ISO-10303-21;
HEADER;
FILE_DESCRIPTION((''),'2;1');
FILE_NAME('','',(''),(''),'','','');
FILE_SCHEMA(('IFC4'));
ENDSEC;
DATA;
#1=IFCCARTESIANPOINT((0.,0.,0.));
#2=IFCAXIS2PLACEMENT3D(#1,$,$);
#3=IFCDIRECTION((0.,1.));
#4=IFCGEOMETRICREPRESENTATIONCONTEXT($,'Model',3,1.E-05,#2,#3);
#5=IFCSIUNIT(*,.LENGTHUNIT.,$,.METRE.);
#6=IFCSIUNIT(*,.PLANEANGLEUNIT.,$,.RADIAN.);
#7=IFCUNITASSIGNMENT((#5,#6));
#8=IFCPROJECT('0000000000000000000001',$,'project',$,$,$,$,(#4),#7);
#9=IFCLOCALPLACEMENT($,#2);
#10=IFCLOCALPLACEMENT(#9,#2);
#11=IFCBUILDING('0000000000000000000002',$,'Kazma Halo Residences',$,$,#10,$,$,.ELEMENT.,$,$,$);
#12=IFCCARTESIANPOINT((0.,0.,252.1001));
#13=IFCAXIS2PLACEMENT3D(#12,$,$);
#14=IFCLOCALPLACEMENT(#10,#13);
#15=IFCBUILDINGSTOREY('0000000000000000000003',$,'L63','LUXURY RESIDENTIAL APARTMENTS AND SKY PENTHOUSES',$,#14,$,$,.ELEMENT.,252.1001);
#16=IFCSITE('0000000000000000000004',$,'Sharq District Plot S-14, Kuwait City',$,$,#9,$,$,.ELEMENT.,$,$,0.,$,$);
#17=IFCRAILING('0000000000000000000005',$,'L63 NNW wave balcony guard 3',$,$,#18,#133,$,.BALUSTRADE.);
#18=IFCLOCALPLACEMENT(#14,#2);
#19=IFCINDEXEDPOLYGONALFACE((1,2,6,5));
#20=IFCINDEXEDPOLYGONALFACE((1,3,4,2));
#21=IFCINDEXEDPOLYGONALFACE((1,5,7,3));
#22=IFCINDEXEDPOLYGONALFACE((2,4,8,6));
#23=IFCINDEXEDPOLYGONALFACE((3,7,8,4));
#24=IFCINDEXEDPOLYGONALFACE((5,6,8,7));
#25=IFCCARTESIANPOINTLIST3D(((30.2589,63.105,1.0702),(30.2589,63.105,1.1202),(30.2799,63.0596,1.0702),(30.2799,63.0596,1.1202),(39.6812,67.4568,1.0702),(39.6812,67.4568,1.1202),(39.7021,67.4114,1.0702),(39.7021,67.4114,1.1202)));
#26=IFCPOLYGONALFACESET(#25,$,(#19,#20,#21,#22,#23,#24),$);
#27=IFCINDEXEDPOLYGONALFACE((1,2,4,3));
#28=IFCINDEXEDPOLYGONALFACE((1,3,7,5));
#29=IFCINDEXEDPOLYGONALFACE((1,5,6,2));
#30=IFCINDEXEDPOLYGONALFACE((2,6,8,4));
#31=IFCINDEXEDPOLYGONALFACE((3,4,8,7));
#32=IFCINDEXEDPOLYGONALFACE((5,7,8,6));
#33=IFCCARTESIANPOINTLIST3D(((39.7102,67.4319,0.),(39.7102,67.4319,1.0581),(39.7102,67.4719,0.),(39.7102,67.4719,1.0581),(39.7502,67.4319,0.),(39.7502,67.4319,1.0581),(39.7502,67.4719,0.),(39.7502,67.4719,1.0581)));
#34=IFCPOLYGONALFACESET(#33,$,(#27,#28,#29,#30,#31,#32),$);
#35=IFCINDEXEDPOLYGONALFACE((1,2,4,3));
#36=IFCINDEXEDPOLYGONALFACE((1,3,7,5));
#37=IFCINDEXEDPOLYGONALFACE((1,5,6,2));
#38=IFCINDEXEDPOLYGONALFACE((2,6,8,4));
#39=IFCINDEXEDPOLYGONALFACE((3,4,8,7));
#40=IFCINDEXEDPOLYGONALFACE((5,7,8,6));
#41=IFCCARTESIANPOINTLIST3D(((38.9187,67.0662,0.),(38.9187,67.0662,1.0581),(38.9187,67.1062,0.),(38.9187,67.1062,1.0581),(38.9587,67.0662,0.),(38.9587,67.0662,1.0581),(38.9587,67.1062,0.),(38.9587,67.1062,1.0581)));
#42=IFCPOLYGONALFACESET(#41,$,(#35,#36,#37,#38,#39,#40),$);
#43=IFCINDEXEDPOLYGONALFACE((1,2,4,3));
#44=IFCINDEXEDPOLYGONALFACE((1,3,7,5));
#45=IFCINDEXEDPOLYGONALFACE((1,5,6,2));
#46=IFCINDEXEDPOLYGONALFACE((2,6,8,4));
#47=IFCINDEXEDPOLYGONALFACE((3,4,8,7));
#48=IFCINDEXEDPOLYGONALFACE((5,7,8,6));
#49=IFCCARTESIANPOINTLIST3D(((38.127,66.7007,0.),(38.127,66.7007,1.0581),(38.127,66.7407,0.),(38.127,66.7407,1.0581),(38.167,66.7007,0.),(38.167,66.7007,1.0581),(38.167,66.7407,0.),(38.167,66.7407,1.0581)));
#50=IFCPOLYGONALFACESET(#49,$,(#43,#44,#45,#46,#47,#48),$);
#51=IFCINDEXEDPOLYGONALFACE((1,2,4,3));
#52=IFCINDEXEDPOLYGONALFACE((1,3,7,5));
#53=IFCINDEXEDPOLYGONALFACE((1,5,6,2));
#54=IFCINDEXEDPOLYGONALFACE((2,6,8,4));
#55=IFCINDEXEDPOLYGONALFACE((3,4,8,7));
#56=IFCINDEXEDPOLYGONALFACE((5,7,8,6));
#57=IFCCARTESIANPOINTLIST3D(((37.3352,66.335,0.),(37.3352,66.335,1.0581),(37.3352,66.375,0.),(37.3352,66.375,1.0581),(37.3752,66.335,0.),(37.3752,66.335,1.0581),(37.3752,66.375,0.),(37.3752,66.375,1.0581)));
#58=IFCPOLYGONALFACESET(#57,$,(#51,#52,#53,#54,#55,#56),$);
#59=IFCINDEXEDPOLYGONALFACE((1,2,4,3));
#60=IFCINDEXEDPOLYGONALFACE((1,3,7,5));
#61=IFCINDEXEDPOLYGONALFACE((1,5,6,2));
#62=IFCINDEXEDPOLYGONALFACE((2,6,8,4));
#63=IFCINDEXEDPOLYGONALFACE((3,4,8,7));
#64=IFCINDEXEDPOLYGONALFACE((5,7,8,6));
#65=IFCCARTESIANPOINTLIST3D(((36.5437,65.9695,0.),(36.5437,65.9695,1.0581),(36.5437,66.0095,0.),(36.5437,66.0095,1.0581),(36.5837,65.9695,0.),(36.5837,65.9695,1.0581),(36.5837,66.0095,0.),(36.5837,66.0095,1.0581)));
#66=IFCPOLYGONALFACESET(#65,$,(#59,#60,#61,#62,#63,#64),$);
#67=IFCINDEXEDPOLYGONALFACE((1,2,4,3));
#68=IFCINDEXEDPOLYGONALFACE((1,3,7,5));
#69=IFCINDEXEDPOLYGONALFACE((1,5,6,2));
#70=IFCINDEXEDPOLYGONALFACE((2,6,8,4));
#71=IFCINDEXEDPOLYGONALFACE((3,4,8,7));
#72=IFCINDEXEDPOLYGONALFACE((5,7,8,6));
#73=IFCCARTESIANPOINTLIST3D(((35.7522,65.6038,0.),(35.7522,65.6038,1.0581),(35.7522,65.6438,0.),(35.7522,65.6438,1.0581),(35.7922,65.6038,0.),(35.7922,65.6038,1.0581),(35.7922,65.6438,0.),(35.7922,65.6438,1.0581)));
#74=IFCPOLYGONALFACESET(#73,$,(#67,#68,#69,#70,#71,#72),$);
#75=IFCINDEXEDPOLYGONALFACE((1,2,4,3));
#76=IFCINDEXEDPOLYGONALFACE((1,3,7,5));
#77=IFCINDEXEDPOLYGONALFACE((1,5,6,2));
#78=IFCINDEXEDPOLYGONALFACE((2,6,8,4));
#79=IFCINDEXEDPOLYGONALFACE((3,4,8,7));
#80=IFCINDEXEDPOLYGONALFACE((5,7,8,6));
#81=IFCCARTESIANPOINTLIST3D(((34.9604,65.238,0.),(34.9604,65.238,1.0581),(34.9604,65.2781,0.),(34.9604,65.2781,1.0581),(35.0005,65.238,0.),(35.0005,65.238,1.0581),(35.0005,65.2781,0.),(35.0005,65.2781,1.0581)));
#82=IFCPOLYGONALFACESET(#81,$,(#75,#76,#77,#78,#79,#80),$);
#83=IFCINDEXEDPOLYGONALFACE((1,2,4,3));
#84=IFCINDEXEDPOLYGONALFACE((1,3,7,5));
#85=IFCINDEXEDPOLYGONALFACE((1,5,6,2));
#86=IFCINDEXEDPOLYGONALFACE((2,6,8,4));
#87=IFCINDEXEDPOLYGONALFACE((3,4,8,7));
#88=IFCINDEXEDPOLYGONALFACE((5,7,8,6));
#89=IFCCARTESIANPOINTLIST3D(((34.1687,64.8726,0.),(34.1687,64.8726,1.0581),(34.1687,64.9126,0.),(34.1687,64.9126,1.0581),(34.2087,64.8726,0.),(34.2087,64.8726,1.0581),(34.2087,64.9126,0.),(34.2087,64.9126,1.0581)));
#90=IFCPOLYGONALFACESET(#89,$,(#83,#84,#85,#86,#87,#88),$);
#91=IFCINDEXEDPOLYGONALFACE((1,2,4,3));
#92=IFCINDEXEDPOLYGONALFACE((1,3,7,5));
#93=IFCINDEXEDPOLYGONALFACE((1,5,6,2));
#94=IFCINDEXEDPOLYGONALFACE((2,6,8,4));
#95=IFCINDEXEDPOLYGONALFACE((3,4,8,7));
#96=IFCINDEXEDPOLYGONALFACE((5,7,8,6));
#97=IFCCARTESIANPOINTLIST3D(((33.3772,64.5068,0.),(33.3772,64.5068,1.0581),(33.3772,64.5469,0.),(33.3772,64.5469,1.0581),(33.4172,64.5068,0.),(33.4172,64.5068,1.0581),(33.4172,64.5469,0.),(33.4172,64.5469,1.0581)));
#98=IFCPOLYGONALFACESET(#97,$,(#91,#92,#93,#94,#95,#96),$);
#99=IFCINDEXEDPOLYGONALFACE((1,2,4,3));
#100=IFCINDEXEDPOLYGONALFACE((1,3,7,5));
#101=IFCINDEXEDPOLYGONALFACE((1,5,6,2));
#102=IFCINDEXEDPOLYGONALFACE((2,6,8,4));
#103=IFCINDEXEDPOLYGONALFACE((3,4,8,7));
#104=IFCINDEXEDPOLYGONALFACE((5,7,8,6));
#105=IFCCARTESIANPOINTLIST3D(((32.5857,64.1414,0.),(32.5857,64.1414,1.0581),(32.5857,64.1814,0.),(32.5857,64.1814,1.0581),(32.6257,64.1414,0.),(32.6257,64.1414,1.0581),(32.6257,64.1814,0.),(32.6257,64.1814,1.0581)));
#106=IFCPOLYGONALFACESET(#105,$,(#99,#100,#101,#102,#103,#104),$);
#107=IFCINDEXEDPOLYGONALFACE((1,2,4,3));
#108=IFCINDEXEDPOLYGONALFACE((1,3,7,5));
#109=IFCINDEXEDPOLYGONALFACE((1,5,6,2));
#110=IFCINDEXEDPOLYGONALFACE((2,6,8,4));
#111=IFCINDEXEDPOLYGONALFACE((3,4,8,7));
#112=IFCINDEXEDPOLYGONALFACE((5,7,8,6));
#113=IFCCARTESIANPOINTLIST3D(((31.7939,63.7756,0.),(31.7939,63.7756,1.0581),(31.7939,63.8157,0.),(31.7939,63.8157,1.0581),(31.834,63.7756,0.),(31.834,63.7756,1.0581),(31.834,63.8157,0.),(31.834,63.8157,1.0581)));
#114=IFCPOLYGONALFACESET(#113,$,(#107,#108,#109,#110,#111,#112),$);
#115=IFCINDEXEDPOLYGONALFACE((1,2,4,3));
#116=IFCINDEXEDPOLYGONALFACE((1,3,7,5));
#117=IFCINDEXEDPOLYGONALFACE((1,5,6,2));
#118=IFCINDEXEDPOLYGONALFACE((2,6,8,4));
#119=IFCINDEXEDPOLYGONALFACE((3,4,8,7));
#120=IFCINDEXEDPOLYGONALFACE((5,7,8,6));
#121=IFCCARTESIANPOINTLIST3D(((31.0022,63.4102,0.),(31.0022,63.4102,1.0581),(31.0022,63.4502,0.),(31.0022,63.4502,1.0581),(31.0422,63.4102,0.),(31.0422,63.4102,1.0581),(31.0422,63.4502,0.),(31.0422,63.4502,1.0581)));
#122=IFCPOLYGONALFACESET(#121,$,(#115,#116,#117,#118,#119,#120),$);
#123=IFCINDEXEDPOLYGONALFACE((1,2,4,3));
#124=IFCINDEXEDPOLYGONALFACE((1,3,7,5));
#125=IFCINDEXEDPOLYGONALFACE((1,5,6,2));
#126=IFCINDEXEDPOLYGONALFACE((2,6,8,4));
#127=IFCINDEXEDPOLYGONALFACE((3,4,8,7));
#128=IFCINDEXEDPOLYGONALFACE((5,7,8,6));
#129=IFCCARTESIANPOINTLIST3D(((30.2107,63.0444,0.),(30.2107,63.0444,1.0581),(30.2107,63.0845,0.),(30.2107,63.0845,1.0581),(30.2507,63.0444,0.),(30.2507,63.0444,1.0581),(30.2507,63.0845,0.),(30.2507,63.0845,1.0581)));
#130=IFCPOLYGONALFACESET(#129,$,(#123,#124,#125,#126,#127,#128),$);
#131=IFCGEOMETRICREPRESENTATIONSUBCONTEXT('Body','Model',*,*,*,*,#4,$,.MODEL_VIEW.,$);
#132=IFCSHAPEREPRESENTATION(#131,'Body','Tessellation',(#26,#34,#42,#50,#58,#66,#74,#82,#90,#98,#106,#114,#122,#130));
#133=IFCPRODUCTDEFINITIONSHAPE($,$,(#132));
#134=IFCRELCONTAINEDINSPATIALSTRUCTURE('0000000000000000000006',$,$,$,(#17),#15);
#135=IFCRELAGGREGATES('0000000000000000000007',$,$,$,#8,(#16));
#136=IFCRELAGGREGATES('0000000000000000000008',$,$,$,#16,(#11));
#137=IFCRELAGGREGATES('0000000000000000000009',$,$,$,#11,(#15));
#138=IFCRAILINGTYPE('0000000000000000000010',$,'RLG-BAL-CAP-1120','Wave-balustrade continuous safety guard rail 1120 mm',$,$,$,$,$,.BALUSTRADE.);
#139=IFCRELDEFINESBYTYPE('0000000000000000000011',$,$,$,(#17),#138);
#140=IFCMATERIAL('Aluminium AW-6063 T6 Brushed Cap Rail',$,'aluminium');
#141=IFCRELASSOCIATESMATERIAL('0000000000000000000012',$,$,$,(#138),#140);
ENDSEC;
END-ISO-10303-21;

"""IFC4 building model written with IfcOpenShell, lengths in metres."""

from ifc_helpers import new_model, si_unit, direction, frame, origin, origin_2d, place, context, subcontext, project, spatial, rectangle, extrude, material, type_object, element, save


model = new_model("IFC4")

# Units and contexts
model_context = context("Model", 3, precision=1e-05, world=origin(), true_north=direction((0.0, 1.0)))
body_context = subcontext(model_context, "Body", "Model", "MODEL_VIEW")
ifc_project = project(units=[si_unit("LENGTHUNIT", "METRE"), si_unit("PLANEANGLEUNIT", "RADIAN")], contexts=[model_context])

# Site, building, storey
site_placement = place(None, origin())
site = spatial("IfcSite", under=ifc_project, at=site_placement, Name="Sharq District Plot S-14, Kuwait City", CompositionType="ELEMENT", RefElevation=0.0)
building_placement = place(site_placement, origin())
building = spatial("IfcBuilding", under=site, at=building_placement, Name="Kazma Halo Residences", CompositionType="ELEMENT")
storey_placement = place(building_placement, frame((0.0, 0.0, 252.1001)))
storey = spatial("IfcBuildingStorey", under=building, at=storey_placement, Name="L63", Description="LUXURY RESIDENTIAL APARTMENTS AND SKY PENTHOUSES", CompositionType="ELEMENT", Elevation=252.1001)

# Railing
ifc_material_1 = material(Name="Aluminium AW-6063 T6 Brushed Cap Rail", Category="aluminium")
railing_type = type_object("IfcRailingType", Name="RLG-BAL-CAP-1120", Description="Wave-balustrade continuous safety guard rail 1120 mm", PredefinedType="BALUSTRADE", material=ifc_material_1)
railing_1_placement = place(storey_placement, frame((39.7302, 67.4519, 0.0)))
element("IfcRailing", 1, at=railing_1_placement, inside=storey, type_object=railing_type, Name="L63 NNW wave balcony guard 3", PredefinedType="BALUSTRADE", context=body_context, shape_type="SweptSolid", body=[
    extrude(rectangle(XDim=0.05, YDim=0.05, at=origin_2d()), frame((-0.0386, -0.0178, 1.0952), z_axis=(-0.907848, -0.419299, 0.0), x_axis=(0.419299, -0.907848, 0.0)), (0.0, 0.0, 1.0), 10.3787),
    extrude(rectangle(XDim=0.04, YDim=0.04, at=origin_2d()), origin(), (0.0, 0.0, 1.0), 1.0581),
    extrude(rectangle(XDim=0.04, YDim=0.04, at=origin_2d()), frame((-0.7915, -0.3657, 0.0)), (0.0, 0.0, 1.0), 1.0581),
    extrude(rectangle(XDim=0.04, YDim=0.04, at=origin_2d()), frame((-1.5833, -0.7312, 0.0)), (0.0, 0.0, 1.0), 1.0581),
    extrude(rectangle(XDim=0.04, YDim=0.04, at=origin_2d()), frame((-2.375, -1.0969, 0.0)), (0.0, 0.0, 1.0), 1.0581),
    extrude(rectangle(XDim=0.04, YDim=0.04, at=origin_2d()), frame((-3.1665, -1.4624, 0.0)), (0.0, 0.0, 1.0), 1.0581),
    extrude(rectangle(XDim=0.04, YDim=0.04, at=origin_2d()), frame((-3.958, -1.8281, 0.0)), (0.0, 0.0, 1.0), 1.0581),
    extrude(rectangle(XDim=0.04, YDim=0.04, at=origin_2d()), frame((-4.7498, -2.1938, 0.0)), (0.0, 0.0, 1.0), 1.0581),
    extrude(rectangle(XDim=0.04, YDim=0.04, at=origin_2d()), frame((-5.5415, -2.5593, 0.0)), (0.0, 0.0, 1.0), 1.0581),
    extrude(rectangle(XDim=0.04, YDim=0.04, at=origin_2d()), frame((-6.333, -2.925, 0.0)), (0.0, 0.0, 1.0), 1.0581),
    extrude(rectangle(XDim=0.04, YDim=0.04, at=origin_2d()), frame((-7.1245, -3.2905, 0.0)), (0.0, 0.0, 1.0), 1.0581),
    extrude(rectangle(XDim=0.04, YDim=0.04, at=origin_2d()), frame((-7.9163, -3.6562, 0.0)), (0.0, 0.0, 1.0), 1.0581),
    extrude(rectangle(XDim=0.04, YDim=0.04, at=origin_2d()), frame((-8.708, -4.0217, 0.0)), (0.0, 0.0, 1.0), 1.0581),
    extrude(rectangle(XDim=0.04, YDim=0.04, at=origin_2d()), frame((-9.4995, -4.3875, 0.0)), (0.0, 0.0, 1.0), 1.0581),
])

save(model, "model.ifc")
